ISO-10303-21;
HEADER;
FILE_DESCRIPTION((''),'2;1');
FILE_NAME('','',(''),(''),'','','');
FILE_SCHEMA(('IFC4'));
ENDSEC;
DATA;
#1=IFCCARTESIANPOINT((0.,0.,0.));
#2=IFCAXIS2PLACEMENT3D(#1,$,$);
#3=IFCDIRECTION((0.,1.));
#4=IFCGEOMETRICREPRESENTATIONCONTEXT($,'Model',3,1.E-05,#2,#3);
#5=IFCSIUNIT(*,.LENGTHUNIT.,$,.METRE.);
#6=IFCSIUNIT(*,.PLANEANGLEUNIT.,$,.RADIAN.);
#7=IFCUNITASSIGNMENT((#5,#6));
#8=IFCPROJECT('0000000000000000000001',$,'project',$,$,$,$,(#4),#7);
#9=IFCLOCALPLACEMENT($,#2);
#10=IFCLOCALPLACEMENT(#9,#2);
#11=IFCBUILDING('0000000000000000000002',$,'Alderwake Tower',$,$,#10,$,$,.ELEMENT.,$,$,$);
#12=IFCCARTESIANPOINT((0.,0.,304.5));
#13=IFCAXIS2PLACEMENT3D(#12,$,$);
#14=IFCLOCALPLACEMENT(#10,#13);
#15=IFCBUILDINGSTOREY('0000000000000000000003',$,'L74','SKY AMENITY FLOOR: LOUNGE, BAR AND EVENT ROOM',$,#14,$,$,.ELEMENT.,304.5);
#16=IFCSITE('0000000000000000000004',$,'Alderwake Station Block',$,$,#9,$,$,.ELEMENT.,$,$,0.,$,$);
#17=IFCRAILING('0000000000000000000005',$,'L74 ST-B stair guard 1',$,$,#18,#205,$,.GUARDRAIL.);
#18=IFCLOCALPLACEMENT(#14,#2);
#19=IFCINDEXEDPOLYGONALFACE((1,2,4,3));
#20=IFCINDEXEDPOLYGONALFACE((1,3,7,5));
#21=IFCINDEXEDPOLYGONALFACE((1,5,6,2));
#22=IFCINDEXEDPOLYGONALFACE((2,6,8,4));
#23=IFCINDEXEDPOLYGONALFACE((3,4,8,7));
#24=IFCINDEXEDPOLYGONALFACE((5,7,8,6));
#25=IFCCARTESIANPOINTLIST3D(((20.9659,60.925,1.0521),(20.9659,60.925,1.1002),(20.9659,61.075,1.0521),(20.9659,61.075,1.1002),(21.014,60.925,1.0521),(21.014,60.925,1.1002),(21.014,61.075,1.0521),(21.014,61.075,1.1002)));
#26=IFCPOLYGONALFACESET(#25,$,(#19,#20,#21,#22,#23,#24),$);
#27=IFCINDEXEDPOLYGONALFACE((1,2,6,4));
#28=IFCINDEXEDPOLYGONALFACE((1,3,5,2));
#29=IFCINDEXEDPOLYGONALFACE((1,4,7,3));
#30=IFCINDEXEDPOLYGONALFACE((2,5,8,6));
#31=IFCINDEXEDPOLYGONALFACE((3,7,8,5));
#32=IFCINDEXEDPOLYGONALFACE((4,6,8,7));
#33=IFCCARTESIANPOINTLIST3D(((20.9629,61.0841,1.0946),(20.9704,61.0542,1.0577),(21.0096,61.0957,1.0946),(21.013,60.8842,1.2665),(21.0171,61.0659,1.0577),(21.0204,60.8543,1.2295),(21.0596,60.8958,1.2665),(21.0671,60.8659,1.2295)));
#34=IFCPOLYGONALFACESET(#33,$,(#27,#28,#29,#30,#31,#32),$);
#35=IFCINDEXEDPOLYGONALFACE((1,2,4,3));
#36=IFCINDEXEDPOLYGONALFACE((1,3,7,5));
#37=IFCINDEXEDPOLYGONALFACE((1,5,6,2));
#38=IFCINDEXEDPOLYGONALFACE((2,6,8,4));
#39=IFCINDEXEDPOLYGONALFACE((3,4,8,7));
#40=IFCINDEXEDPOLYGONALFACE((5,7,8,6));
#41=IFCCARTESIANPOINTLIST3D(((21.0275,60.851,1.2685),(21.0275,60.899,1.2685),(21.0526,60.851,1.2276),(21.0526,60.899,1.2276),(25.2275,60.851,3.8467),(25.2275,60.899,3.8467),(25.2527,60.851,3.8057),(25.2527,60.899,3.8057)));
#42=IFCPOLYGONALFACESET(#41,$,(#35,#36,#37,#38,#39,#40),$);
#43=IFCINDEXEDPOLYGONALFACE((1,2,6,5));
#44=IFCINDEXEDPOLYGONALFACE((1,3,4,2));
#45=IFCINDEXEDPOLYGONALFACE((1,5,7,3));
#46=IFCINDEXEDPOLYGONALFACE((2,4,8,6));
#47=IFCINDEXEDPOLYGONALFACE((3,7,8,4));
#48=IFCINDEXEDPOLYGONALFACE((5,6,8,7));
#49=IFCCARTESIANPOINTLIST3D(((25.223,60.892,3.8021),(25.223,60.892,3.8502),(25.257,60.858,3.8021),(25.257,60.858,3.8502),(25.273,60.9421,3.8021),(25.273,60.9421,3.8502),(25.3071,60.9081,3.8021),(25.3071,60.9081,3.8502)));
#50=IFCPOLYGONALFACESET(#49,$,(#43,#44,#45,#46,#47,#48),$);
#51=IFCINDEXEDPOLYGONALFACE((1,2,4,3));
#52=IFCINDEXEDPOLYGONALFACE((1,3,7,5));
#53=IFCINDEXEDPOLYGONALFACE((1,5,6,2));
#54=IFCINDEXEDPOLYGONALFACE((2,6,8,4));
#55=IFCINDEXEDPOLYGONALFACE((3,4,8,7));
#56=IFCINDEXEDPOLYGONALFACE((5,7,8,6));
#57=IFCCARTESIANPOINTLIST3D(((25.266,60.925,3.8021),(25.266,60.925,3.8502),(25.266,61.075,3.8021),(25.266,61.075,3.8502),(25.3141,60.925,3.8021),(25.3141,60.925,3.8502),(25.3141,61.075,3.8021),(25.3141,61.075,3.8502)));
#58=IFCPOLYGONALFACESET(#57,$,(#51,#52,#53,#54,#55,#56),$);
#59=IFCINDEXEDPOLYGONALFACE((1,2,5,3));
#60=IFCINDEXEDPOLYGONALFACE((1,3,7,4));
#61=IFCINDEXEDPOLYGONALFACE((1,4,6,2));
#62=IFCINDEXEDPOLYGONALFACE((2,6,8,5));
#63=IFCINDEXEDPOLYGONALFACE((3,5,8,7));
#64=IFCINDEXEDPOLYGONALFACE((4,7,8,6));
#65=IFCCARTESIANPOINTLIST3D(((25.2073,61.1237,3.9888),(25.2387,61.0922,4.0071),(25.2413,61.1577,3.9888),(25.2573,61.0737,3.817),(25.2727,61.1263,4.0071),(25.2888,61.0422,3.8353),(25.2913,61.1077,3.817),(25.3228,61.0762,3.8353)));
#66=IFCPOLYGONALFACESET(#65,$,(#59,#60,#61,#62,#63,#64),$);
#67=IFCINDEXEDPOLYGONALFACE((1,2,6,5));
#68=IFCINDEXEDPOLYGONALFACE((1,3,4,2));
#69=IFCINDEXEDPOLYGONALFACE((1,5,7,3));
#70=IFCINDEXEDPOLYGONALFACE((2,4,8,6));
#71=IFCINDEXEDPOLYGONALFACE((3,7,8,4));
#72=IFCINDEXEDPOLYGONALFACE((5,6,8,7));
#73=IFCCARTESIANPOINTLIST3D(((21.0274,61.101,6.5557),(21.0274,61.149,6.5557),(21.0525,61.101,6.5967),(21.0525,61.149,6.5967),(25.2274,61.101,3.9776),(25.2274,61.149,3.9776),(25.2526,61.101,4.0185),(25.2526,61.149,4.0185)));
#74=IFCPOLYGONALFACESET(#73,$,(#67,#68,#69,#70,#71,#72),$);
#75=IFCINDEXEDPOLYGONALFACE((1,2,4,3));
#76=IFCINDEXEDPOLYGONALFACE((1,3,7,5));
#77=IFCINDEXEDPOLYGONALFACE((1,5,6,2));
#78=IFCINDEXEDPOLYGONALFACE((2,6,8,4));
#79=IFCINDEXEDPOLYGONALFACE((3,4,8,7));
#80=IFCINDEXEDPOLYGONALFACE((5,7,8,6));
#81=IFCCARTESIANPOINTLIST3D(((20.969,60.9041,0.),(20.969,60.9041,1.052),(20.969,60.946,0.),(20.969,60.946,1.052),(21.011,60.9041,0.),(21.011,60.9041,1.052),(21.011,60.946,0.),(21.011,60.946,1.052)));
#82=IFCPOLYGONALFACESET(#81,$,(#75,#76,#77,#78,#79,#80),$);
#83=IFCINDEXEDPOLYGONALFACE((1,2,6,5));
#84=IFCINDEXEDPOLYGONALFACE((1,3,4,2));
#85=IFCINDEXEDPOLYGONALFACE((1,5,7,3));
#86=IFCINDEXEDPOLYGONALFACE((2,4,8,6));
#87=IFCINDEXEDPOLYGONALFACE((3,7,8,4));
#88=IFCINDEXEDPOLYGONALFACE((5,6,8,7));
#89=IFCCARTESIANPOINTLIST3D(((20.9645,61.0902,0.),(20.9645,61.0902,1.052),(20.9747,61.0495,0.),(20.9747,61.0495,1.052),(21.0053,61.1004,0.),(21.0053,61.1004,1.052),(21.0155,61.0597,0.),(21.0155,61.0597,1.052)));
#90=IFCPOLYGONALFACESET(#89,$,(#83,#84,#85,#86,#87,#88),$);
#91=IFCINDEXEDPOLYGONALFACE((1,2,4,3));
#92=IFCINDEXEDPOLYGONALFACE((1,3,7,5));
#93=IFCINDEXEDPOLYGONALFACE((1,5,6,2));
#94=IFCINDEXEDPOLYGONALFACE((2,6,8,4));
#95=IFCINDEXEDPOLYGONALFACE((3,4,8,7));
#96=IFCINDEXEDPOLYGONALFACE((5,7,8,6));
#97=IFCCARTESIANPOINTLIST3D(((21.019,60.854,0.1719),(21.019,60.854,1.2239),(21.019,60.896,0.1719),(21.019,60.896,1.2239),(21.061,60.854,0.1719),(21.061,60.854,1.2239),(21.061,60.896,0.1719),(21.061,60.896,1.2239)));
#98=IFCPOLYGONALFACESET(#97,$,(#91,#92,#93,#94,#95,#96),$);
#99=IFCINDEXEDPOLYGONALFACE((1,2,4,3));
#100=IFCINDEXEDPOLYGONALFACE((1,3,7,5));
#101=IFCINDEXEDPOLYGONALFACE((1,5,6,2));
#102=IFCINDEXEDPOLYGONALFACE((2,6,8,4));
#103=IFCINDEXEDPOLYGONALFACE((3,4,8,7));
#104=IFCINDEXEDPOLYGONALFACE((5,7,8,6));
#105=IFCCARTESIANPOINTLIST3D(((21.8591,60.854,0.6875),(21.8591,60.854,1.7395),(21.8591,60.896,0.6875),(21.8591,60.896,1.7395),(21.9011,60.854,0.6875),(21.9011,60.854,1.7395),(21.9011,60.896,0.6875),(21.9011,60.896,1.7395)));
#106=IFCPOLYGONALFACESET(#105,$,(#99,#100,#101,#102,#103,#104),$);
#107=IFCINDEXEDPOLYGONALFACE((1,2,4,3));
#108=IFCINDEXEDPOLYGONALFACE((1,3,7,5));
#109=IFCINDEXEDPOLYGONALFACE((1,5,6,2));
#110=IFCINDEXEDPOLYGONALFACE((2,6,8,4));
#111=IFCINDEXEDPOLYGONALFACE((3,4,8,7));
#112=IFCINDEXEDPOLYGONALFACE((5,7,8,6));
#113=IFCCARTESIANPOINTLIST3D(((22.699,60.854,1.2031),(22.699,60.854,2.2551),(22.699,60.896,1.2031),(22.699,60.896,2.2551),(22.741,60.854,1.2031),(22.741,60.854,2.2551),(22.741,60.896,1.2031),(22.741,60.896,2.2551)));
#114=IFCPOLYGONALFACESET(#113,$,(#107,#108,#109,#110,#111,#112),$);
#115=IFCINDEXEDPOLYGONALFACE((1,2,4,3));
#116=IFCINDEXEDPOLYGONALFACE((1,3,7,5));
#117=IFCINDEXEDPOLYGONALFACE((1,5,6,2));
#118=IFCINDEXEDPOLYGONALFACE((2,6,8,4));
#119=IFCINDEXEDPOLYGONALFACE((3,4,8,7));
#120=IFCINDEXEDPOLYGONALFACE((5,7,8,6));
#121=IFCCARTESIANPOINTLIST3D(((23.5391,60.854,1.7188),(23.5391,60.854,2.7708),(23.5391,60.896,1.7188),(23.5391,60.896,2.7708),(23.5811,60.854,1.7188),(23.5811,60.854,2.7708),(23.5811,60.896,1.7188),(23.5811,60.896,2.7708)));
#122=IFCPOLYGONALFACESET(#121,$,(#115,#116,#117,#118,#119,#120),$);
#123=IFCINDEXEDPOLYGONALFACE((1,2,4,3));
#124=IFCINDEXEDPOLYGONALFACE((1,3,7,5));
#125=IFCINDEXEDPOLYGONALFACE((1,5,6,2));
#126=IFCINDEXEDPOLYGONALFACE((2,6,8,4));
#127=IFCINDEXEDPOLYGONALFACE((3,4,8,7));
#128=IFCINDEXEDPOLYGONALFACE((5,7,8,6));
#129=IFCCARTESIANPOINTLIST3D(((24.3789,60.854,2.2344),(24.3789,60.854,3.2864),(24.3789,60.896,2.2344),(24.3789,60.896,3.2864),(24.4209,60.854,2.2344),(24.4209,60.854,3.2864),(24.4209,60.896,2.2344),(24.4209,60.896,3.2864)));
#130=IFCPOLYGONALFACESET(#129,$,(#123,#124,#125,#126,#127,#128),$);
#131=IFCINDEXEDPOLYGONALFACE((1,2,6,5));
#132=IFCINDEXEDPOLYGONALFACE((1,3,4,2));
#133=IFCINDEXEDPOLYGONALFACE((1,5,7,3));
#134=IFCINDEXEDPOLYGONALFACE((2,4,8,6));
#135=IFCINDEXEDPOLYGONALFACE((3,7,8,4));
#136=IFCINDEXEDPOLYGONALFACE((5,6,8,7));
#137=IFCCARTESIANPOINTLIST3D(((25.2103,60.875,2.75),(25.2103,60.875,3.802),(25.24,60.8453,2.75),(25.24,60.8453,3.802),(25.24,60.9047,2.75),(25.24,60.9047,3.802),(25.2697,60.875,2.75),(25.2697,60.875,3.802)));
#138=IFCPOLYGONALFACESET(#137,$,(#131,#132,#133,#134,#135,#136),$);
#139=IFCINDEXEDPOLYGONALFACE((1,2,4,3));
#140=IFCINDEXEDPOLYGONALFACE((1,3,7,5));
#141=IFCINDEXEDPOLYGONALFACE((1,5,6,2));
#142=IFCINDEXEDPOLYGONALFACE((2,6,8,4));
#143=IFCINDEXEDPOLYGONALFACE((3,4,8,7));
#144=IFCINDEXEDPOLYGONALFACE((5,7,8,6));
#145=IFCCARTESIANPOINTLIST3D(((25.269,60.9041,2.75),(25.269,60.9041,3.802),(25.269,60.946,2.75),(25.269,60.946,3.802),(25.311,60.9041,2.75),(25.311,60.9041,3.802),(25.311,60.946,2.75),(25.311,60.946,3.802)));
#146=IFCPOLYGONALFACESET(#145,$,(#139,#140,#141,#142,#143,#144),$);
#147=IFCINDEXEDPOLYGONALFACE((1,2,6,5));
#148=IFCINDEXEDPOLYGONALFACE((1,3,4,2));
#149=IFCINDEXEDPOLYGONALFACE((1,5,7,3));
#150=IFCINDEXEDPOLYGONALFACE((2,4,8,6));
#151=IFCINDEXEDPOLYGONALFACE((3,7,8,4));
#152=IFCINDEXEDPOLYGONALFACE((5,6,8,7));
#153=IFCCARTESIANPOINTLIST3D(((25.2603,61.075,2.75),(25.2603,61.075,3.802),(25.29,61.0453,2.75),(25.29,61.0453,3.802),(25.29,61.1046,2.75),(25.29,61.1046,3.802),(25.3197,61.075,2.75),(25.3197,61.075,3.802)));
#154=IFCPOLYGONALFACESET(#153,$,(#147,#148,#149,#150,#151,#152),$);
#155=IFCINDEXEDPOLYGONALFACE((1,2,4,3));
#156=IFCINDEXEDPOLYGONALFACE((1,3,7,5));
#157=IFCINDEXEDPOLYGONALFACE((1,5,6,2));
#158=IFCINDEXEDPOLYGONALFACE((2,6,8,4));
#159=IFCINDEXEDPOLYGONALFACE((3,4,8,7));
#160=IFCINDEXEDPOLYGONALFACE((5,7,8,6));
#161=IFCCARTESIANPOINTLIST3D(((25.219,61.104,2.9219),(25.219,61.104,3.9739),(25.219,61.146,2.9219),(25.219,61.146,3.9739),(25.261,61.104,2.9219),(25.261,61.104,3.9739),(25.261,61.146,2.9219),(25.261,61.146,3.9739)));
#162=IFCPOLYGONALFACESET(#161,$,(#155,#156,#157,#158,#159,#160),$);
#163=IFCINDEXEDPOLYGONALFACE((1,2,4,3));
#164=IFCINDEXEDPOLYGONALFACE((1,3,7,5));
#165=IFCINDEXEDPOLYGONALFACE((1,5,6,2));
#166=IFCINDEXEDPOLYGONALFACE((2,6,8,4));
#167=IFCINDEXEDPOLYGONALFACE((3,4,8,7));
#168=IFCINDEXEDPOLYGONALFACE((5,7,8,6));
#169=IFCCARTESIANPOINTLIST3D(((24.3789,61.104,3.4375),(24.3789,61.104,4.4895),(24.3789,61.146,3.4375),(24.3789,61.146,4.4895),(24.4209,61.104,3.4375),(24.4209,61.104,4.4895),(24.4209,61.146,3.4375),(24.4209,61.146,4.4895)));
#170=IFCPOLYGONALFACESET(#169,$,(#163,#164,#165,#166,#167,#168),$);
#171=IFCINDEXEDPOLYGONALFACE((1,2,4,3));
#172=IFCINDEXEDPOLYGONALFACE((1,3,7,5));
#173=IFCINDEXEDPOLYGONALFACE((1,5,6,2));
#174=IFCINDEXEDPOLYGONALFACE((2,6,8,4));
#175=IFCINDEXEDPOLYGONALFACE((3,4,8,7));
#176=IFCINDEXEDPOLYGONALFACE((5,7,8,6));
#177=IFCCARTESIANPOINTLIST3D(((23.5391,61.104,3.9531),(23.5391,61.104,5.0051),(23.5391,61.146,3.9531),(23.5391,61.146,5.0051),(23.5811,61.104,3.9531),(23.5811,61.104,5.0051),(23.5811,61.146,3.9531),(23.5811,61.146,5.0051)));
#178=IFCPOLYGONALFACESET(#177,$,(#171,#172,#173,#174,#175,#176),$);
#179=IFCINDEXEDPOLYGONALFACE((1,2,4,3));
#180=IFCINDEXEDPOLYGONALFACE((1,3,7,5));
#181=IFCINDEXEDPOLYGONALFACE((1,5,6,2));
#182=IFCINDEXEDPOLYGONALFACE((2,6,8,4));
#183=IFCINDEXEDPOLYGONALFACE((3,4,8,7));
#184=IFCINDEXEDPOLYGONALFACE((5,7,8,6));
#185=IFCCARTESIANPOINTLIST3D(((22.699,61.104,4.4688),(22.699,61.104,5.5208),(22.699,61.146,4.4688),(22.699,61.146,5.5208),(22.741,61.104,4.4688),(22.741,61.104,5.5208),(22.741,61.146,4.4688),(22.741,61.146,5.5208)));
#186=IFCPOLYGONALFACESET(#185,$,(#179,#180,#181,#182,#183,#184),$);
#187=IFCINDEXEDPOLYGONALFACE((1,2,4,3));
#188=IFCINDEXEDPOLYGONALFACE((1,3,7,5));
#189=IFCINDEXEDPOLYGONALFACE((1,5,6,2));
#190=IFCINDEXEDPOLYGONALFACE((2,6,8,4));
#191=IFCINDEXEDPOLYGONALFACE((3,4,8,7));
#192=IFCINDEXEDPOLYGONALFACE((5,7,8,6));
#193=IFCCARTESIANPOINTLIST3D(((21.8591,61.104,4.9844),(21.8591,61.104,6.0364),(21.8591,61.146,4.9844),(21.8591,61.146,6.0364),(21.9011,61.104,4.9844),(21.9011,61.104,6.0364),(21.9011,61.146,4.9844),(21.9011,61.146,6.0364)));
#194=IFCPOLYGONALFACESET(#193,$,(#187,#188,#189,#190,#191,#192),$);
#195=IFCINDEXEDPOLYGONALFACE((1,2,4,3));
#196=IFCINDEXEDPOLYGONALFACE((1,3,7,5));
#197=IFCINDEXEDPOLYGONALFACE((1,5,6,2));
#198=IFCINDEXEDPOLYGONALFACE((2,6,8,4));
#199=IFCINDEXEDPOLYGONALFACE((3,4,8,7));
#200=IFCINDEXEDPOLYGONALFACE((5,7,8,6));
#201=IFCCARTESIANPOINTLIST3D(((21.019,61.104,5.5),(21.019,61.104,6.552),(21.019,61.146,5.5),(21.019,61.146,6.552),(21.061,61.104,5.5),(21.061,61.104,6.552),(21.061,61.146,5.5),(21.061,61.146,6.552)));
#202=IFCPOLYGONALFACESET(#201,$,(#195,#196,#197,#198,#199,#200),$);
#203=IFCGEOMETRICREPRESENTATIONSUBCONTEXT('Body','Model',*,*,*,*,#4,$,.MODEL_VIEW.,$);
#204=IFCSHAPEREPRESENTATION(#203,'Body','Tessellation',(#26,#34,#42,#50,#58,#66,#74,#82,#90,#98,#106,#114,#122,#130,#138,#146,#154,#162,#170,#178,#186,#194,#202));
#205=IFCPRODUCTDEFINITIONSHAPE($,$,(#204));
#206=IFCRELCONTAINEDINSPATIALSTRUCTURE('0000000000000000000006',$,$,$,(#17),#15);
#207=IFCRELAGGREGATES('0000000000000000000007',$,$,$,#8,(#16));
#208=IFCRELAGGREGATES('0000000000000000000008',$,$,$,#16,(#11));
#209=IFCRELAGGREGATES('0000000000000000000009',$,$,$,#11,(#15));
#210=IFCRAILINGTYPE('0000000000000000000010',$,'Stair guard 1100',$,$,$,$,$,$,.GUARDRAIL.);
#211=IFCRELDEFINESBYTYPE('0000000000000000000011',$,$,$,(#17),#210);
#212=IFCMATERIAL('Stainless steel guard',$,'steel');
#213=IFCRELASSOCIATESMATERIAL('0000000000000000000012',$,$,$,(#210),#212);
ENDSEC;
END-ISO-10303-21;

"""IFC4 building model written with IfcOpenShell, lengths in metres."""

from ifc_helpers import new_model, si_unit, direction, frame, origin, origin_2d, place, context, subcontext, project, spatial, rectangle, extrude, material, type_object, element, save


model = new_model("IFC4")

# Units and contexts
model_context = context("Model", 3, precision=1e-05, world=origin(), true_north=direction((0.0, 1.0)))
body_context = subcontext(model_context, "Body", "Model", "MODEL_VIEW")
ifc_project = project(units=[si_unit("LENGTHUNIT", "METRE"), si_unit("PLANEANGLEUNIT", "RADIAN")], contexts=[model_context])

# Site, building, storey
site_placement = place(None, origin())
site = spatial("IfcSite", under=ifc_project, at=site_placement, Name="Alderwake Station Block", CompositionType="ELEMENT", RefElevation=0.0)
building_placement = place(site_placement, origin())
building = spatial("IfcBuilding", under=site, at=building_placement, Name="Alderwake Tower", CompositionType="ELEMENT")
storey_placement = place(building_placement, frame((0.0, 0.0, 304.5)))
storey = spatial("IfcBuildingStorey", under=building, at=storey_placement, Name="L74", Description="SKY AMENITY FLOOR: LOUNGE, BAR AND EVENT ROOM", CompositionType="ELEMENT", Elevation=304.5)

# Railing
ifc_material_1 = material(Name="Stainless steel guard", Category="steel")
railing_type_1 = type_object("IfcRailingType", Name="Stair guard 1100", PredefinedType="GUARDRAIL", material=ifc_material_1)
railing_1_placement = place(storey_placement, frame((20.99, 60.925, 0.0)))
element("IfcRailing", 1, at=railing_1_placement, inside=storey, type_object=railing_type_1, Name="L74 ST-B stair guard 1", PredefinedType="GUARDRAIL", context=body_context, shape_type="SweptSolid", body=[
    extrude(rectangle(XDim=0.0481, YDim=0.0481, at=origin_2d()), frame((0.0, 0.0, 1.0762), z_axis=(0.0, 1.0, 0.0), x_axis=(-1.0, 0.0, 0.0)), (0.0, 0.0, 1.0), 0.1499),
    extrude(rectangle(XDim=0.0481, YDim=0.0481, at=origin_2d()), frame((0.0, 0.1499, 1.0762), z_axis=(0.186487, -0.745038, 0.640423), x_axis=(0.970073, 0.242814, 0.0)), (0.0, 0.0, 1.0), 0.2683),
    extrude(rectangle(XDim=0.0481, YDim=0.0481, at=origin_2d()), frame((0.05, -0.05, 1.248), z_axis=(0.852243, 0.0, 0.523146), x_axis=(0.0, 1.0, 0.0)), (0.0, 0.0, 1.0), 4.9282),
    extrude(rectangle(XDim=0.0481, YDim=0.0481, at=origin_2d()), frame((4.25, -0.05, 3.8262), z_axis=(0.707107, 0.707107, 0.0), x_axis=(-0.707107, 0.707107, 0.0)), (0.0, 0.0, 1.0), 0.0708),
    extrude(rectangle(XDim=0.0481, YDim=0.0481, at=origin_2d()), frame((4.3, 0.0, 3.8262), z_axis=(0.0, 1.0, 0.0), x_axis=(-1.0, 0.0, 0.0)), (0.0, 0.0, 1.0), 0.1499),
    extrude(rectangle(XDim=0.0481, YDim=0.0481, at=origin_2d()), frame((4.3, 0.1499, 3.8262), z_axis=(-0.269256, 0.269256, 0.924664), x_axis=(-0.707107, -0.707107, 0.0)), (0.0, 0.0, 1.0), 0.1858),
    extrude(rectangle(XDim=0.0481, YDim=0.0481, at=origin_2d()), frame((4.25, 0.2, 3.998), z_axis=(-0.852243, 0.0, 0.523146), x_axis=(0.0, -1.0, 0.0)), (0.0, 0.0, 1.0), 4.9282),
    extrude(rectangle(XDim=0.042, YDim=0.042, at=origin_2d()), frame((0.0, 0.0, 0.0), z_axis=(0.0, 0.0, 1.0), x_axis=(0.0, 1.0, 0.0)), (0.0, 0.0, 1.0), 1.052),
    extrude(rectangle(XDim=0.042, YDim=0.042, at=origin_2d()), frame((0.0, 0.1499, 0.0), z_axis=(0.0, 0.0, 1.0), x_axis=(0.242814, -0.970073, 0.0)), (0.0, 0.0, 1.0), 1.052),
    extrude(rectangle(XDim=0.042, YDim=0.042, at=origin_2d()), frame((0.05, -0.05, 0.1719), z_axis=(0.0, 0.0, 1.0), x_axis=(1.0, 0.0, 0.0)), (0.0, 0.0, 1.0), 1.052),
    extrude(rectangle(XDim=0.042, YDim=0.042, at=origin_2d()), frame((0.8901, -0.05, 0.6875), z_axis=(0.0, 0.0, 1.0), x_axis=(1.0, 0.0, 0.0)), (0.0, 0.0, 1.0), 1.052),
    extrude(rectangle(XDim=0.042, YDim=0.042, at=origin_2d()), frame((1.73, -0.05, 1.2031), z_axis=(0.0, 0.0, 1.0), x_axis=(1.0, 0.0, 0.0)), (0.0, 0.0, 1.0), 1.052),
    extrude(rectangle(XDim=0.042, YDim=0.042, at=origin_2d()), frame((2.5701, -0.05, 1.7188), z_axis=(0.0, 0.0, 1.0), x_axis=(1.0, 0.0, 0.0)), (0.0, 0.0, 1.0), 1.052),
    extrude(rectangle(XDim=0.042, YDim=0.042, at=origin_2d()), frame((3.4099, -0.05, 2.2344), z_axis=(0.0, 0.0, 1.0), x_axis=(1.0, 0.0, 0.0)), (0.0, 0.0, 1.0), 1.052),
    extrude(rectangle(XDim=0.042, YDim=0.042, at=origin_2d()), frame((4.25, -0.05, 2.75), z_axis=(0.0, 0.0, 1.0), x_axis=(0.707107, 0.707107, 0.0)), (0.0, 0.0, 1.0), 1.052),
    extrude(rectangle(XDim=0.042, YDim=0.042, at=origin_2d()), frame((4.3, 0.0, 2.75), z_axis=(0.0, 0.0, 1.0), x_axis=(0.0, 1.0, 0.0)), (0.0, 0.0, 1.0), 1.052),
    extrude(rectangle(XDim=0.042, YDim=0.042, at=origin_2d()), frame((4.3, 0.1499, 2.75), z_axis=(0.0, 0.0, 1.0), x_axis=(-0.707107, 0.707107, 0.0)), (0.0, 0.0, 1.0), 1.052),
    extrude(rectangle(XDim=0.042, YDim=0.042, at=origin_2d()), frame((4.25, 0.2, 2.9219), z_axis=(0.0, 0.0, 1.0), x_axis=(-1.0, 0.0, 0.0)), (0.0, 0.0, 1.0), 1.052),
    extrude(rectangle(XDim=0.042, YDim=0.042, at=origin_2d()), frame((3.4099, 0.2, 3.4375), z_axis=(0.0, 0.0, 1.0), x_axis=(-1.0, 0.0, 0.0)), (0.0, 0.0, 1.0), 1.052),
    extrude(rectangle(XDim=0.042, YDim=0.042, at=origin_2d()), frame((2.5701, 0.2, 3.9531), z_axis=(0.0, 0.0, 1.0), x_axis=(-1.0, 0.0, 0.0)), (0.0, 0.0, 1.0), 1.052),
    extrude(rectangle(XDim=0.042, YDim=0.042, at=origin_2d()), frame((1.73, 0.2, 4.4688), z_axis=(0.0, 0.0, 1.0), x_axis=(-1.0, 0.0, 0.0)), (0.0, 0.0, 1.0), 1.052),
    extrude(rectangle(XDim=0.042, YDim=0.042, at=origin_2d()), frame((0.8901, 0.2, 4.9844), z_axis=(0.0, 0.0, 1.0), x_axis=(-1.0, 0.0, 0.0)), (0.0, 0.0, 1.0), 1.052),
    extrude(rectangle(XDim=0.042, YDim=0.042, at=origin_2d()), frame((0.05, 0.2, 5.5), z_axis=(0.0, 0.0, 1.0), x_axis=(-1.0, 0.0, 0.0)), (0.0, 0.0, 1.0), 1.052),
])

save(model, "model.ifc")
